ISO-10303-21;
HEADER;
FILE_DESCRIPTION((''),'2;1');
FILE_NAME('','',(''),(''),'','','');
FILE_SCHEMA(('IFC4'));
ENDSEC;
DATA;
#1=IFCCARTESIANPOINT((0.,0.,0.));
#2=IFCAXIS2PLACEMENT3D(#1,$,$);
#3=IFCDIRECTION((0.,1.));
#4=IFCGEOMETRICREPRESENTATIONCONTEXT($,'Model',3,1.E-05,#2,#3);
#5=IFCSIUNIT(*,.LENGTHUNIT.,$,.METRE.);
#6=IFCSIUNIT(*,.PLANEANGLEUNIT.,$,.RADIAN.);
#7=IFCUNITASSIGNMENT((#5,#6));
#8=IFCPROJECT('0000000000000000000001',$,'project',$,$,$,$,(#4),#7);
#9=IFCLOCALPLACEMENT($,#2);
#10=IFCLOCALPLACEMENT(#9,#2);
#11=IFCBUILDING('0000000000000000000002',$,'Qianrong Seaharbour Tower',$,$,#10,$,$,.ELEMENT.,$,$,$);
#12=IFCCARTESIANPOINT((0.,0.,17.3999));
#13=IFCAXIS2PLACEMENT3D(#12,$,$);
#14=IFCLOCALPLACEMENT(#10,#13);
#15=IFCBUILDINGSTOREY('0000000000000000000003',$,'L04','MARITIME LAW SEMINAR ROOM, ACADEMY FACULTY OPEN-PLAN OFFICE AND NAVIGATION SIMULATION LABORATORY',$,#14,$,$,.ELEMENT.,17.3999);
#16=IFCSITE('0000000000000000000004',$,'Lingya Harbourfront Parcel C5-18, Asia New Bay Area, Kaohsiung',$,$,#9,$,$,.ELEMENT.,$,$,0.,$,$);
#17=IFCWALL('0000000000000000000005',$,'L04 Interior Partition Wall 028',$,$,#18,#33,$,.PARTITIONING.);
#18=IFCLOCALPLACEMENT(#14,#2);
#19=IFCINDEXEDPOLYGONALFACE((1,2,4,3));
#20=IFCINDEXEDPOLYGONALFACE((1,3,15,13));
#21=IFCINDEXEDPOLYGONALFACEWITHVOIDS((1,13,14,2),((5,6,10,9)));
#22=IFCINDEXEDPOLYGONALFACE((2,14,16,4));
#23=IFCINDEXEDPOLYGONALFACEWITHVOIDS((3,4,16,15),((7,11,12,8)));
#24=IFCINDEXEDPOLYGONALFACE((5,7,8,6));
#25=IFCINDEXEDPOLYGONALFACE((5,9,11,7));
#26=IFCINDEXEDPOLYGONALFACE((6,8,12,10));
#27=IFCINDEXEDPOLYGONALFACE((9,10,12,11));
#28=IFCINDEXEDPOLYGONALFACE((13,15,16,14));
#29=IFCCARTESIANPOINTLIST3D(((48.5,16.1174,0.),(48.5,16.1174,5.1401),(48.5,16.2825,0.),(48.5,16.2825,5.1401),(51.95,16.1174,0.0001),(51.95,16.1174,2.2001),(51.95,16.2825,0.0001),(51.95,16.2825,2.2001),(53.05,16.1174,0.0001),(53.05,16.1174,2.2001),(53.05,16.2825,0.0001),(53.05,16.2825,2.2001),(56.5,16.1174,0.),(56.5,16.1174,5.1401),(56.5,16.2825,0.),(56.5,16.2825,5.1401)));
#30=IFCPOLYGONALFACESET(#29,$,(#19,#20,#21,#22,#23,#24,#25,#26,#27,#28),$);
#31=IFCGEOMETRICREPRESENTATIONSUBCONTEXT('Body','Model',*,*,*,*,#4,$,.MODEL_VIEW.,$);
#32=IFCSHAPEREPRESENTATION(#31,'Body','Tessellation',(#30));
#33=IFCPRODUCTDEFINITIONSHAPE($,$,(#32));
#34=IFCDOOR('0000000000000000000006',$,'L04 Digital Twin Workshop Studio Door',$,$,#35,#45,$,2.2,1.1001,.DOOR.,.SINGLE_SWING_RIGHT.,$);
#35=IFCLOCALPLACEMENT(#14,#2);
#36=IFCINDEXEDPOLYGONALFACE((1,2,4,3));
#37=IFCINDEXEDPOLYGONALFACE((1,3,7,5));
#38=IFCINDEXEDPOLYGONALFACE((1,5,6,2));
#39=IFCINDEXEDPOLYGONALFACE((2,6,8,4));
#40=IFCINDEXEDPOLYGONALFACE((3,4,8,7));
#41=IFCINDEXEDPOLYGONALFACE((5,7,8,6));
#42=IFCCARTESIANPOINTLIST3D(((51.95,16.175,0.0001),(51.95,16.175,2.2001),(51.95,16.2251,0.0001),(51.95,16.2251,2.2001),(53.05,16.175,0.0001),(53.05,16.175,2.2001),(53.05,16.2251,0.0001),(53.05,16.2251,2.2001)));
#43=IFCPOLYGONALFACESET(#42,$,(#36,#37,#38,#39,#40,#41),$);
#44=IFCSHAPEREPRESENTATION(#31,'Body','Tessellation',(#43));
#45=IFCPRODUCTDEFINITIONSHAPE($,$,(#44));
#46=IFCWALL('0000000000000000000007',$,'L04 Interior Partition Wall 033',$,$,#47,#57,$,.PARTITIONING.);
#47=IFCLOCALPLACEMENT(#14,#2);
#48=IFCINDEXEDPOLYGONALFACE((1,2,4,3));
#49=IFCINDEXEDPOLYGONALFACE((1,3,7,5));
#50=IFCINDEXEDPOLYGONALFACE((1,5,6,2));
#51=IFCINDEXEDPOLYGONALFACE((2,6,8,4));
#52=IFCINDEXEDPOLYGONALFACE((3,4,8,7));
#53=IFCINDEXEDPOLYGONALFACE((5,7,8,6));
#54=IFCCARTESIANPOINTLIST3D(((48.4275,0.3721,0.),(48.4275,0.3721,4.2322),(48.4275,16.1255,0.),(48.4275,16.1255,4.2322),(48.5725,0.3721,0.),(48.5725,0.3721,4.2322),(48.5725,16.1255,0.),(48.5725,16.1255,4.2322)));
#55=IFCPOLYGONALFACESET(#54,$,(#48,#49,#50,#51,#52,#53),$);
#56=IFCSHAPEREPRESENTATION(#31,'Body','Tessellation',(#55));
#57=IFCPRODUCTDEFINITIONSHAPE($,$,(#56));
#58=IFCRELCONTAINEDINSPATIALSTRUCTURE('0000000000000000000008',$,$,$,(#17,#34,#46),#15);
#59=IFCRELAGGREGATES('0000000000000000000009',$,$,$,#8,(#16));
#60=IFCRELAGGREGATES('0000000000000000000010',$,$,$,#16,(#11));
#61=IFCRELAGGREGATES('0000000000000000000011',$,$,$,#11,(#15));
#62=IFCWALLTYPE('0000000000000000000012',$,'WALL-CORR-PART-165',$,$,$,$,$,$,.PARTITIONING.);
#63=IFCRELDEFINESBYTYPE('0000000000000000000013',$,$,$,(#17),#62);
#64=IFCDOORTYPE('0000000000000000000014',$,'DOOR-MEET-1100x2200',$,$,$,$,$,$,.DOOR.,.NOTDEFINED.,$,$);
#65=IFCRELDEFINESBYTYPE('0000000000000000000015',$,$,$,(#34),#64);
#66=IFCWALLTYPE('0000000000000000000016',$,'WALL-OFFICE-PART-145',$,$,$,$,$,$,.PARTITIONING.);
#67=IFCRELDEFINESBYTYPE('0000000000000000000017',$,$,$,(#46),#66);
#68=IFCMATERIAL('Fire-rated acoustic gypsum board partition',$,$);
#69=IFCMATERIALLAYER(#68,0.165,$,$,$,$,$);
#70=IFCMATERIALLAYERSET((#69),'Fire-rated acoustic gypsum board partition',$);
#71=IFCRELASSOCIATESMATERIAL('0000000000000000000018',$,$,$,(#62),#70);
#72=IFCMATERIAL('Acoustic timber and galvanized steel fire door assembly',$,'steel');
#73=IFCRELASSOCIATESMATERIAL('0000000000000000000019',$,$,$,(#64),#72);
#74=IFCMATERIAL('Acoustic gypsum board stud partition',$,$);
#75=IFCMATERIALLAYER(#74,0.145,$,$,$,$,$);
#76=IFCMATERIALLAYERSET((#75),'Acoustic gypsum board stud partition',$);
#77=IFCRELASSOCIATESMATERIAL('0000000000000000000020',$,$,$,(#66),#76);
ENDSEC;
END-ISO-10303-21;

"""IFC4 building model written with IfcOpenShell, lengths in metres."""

from ifc_helpers import new_model, si_unit, direction, frame, frame_2d, origin, place, context, subcontext, project, spatial, rectangle, extrude, material, layer, layer_set, type_object, element, fill, save


model = new_model("IFC4")

# Units and contexts
model_context = context("Model", 3, precision=1e-05, world=origin(), true_north=direction((0.0, 1.0)))
body_context = subcontext(model_context, "Body", "Model", "MODEL_VIEW")
ifc_project = project(units=[si_unit("LENGTHUNIT", "METRE"), si_unit("PLANEANGLEUNIT", "RADIAN")], contexts=[model_context])

# Site, building, storey
site_placement = place(None, origin())
site = spatial("IfcSite", under=ifc_project, at=site_placement, Name="Lingya Harbourfront Parcel C5-18, Asia New Bay Area, Kaohsiung", CompositionType="ELEMENT", RefElevation=0.0)
building_placement = place(site_placement, origin())
building = spatial("IfcBuilding", under=site, at=building_placement, Name="Qianrong Seaharbour Tower", CompositionType="ELEMENT")
storey_placement = place(building_placement, frame((0.0, 0.0, 17.3999)))
storey = spatial("IfcBuildingStorey", under=building, at=storey_placement, Name="L04", Description="MARITIME LAW SEMINAR ROOM, ACADEMY FACULTY OPEN-PLAN OFFICE AND NAVIGATION SIMULATION LABORATORY", CompositionType="ELEMENT", Elevation=17.3999)

# Wall, opening, door
ifc_material_1 = material(Name="Fire-rated acoustic gypsum board partition")
ifc_layer_1 = layer(ifc_material_1, 0.165)
ifc_layer_set_1 = layer_set([ifc_layer_1], Name="Fire-rated acoustic gypsum board partition")
wall_type_1 = type_object("IfcWallType", Name="WALL-CORR-PART-165", PredefinedType="PARTITIONING", material=ifc_layer_set_1)
ifc_material_2 = material(Name="Acoustic timber and galvanized steel fire door assembly", Category="steel")
door_type = type_object("IfcDoorType", Name="DOOR-MEET-1100x2200", OperationType="NOTDEFINED", PredefinedType="DOOR", material=ifc_material_2)
wall_1_placement = place(storey_placement, frame((56.5, 16.2, 0.0), z_axis=(0.0, 0.0, 1.0), x_axis=(-1.0, 0.0, 0.0)))
wall_1 = element("IfcWall", 1, at=wall_1_placement, inside=storey, type_object=wall_type_1, Name="L04 Interior Partition Wall 028", PredefinedType="PARTITIONING", context=body_context, shape_type="SweptSolid", body=[
    extrude(rectangle(XDim=8.0, YDim=0.165, at=frame_2d((4.0, 0.0))), origin(), (0.0, 0.0, 1.0), 5.1401),
])
opening_1_placement = place(wall_1_placement, frame((3.45, 0.0, 0.0)))
opening_1 = element("IfcOpeningElement", 2, at=opening_1_placement, cuts=wall_1, PredefinedType="OPENING", context=body_context, shape_type="SweptSolid", body=[
    extrude(rectangle(XDim=1.1001, YDim=2.2, at=frame_2d((0.55, 1.1001))), frame((0.0, 0.0925, 0.0), z_axis=(0.0, -1.0, 0.0), x_axis=(1.0, 0.0, 0.0)), (0.0, 0.0, 1.0), 0.1851),
])
door_1_placement = place(opening_1_placement, origin())
door_1 = element("IfcDoor", 3, at=door_1_placement, inside=storey, type_object=door_type, Name="L04 Digital Twin Workshop Studio Door", OperationType="SINGLE_SWING_RIGHT", OverallHeight=2.2, OverallWidth=1.1001, PredefinedType="DOOR", context=body_context, shape_type="SweptSolid", body=[
    extrude(rectangle(XDim=1.1001, YDim=2.2, at=frame_2d((0.55, 1.1001))), frame((0.0, 0.0249, 0.0), z_axis=(0.0, -1.0, 0.0), x_axis=(1.0, 0.0, 0.0)), (0.0, 0.0, 1.0), 0.05),
])
fill(opening_1, door_1)

# Wall
ifc_material_3 = material(Name="Acoustic gypsum board stud partition")
ifc_layer_2 = layer(ifc_material_3, 0.145)
ifc_layer_set_2 = layer_set([ifc_layer_2], Name="Acoustic gypsum board stud partition")
wall_type_2 = type_object("IfcWallType", Name="WALL-OFFICE-PART-145", PredefinedType="PARTITIONING", material=ifc_layer_set_2)
wall_2_placement = place(storey_placement, frame((48.5, 16.1255, 0.0), z_axis=(0.0, 0.0, 1.0), x_axis=(0.0, -1.0, 0.0)))
element("IfcWall", 4, at=wall_2_placement, inside=storey, type_object=wall_type_2, Name="L04 Interior Partition Wall 033", PredefinedType="PARTITIONING", context=body_context, shape_type="SweptSolid", body=[
    extrude(rectangle(XDim=15.7534, YDim=0.145, at=frame_2d((7.8767, 0.0))), origin(), (0.0, 0.0, 1.0), 4.2322),
])

save(model, "model.ifc")
